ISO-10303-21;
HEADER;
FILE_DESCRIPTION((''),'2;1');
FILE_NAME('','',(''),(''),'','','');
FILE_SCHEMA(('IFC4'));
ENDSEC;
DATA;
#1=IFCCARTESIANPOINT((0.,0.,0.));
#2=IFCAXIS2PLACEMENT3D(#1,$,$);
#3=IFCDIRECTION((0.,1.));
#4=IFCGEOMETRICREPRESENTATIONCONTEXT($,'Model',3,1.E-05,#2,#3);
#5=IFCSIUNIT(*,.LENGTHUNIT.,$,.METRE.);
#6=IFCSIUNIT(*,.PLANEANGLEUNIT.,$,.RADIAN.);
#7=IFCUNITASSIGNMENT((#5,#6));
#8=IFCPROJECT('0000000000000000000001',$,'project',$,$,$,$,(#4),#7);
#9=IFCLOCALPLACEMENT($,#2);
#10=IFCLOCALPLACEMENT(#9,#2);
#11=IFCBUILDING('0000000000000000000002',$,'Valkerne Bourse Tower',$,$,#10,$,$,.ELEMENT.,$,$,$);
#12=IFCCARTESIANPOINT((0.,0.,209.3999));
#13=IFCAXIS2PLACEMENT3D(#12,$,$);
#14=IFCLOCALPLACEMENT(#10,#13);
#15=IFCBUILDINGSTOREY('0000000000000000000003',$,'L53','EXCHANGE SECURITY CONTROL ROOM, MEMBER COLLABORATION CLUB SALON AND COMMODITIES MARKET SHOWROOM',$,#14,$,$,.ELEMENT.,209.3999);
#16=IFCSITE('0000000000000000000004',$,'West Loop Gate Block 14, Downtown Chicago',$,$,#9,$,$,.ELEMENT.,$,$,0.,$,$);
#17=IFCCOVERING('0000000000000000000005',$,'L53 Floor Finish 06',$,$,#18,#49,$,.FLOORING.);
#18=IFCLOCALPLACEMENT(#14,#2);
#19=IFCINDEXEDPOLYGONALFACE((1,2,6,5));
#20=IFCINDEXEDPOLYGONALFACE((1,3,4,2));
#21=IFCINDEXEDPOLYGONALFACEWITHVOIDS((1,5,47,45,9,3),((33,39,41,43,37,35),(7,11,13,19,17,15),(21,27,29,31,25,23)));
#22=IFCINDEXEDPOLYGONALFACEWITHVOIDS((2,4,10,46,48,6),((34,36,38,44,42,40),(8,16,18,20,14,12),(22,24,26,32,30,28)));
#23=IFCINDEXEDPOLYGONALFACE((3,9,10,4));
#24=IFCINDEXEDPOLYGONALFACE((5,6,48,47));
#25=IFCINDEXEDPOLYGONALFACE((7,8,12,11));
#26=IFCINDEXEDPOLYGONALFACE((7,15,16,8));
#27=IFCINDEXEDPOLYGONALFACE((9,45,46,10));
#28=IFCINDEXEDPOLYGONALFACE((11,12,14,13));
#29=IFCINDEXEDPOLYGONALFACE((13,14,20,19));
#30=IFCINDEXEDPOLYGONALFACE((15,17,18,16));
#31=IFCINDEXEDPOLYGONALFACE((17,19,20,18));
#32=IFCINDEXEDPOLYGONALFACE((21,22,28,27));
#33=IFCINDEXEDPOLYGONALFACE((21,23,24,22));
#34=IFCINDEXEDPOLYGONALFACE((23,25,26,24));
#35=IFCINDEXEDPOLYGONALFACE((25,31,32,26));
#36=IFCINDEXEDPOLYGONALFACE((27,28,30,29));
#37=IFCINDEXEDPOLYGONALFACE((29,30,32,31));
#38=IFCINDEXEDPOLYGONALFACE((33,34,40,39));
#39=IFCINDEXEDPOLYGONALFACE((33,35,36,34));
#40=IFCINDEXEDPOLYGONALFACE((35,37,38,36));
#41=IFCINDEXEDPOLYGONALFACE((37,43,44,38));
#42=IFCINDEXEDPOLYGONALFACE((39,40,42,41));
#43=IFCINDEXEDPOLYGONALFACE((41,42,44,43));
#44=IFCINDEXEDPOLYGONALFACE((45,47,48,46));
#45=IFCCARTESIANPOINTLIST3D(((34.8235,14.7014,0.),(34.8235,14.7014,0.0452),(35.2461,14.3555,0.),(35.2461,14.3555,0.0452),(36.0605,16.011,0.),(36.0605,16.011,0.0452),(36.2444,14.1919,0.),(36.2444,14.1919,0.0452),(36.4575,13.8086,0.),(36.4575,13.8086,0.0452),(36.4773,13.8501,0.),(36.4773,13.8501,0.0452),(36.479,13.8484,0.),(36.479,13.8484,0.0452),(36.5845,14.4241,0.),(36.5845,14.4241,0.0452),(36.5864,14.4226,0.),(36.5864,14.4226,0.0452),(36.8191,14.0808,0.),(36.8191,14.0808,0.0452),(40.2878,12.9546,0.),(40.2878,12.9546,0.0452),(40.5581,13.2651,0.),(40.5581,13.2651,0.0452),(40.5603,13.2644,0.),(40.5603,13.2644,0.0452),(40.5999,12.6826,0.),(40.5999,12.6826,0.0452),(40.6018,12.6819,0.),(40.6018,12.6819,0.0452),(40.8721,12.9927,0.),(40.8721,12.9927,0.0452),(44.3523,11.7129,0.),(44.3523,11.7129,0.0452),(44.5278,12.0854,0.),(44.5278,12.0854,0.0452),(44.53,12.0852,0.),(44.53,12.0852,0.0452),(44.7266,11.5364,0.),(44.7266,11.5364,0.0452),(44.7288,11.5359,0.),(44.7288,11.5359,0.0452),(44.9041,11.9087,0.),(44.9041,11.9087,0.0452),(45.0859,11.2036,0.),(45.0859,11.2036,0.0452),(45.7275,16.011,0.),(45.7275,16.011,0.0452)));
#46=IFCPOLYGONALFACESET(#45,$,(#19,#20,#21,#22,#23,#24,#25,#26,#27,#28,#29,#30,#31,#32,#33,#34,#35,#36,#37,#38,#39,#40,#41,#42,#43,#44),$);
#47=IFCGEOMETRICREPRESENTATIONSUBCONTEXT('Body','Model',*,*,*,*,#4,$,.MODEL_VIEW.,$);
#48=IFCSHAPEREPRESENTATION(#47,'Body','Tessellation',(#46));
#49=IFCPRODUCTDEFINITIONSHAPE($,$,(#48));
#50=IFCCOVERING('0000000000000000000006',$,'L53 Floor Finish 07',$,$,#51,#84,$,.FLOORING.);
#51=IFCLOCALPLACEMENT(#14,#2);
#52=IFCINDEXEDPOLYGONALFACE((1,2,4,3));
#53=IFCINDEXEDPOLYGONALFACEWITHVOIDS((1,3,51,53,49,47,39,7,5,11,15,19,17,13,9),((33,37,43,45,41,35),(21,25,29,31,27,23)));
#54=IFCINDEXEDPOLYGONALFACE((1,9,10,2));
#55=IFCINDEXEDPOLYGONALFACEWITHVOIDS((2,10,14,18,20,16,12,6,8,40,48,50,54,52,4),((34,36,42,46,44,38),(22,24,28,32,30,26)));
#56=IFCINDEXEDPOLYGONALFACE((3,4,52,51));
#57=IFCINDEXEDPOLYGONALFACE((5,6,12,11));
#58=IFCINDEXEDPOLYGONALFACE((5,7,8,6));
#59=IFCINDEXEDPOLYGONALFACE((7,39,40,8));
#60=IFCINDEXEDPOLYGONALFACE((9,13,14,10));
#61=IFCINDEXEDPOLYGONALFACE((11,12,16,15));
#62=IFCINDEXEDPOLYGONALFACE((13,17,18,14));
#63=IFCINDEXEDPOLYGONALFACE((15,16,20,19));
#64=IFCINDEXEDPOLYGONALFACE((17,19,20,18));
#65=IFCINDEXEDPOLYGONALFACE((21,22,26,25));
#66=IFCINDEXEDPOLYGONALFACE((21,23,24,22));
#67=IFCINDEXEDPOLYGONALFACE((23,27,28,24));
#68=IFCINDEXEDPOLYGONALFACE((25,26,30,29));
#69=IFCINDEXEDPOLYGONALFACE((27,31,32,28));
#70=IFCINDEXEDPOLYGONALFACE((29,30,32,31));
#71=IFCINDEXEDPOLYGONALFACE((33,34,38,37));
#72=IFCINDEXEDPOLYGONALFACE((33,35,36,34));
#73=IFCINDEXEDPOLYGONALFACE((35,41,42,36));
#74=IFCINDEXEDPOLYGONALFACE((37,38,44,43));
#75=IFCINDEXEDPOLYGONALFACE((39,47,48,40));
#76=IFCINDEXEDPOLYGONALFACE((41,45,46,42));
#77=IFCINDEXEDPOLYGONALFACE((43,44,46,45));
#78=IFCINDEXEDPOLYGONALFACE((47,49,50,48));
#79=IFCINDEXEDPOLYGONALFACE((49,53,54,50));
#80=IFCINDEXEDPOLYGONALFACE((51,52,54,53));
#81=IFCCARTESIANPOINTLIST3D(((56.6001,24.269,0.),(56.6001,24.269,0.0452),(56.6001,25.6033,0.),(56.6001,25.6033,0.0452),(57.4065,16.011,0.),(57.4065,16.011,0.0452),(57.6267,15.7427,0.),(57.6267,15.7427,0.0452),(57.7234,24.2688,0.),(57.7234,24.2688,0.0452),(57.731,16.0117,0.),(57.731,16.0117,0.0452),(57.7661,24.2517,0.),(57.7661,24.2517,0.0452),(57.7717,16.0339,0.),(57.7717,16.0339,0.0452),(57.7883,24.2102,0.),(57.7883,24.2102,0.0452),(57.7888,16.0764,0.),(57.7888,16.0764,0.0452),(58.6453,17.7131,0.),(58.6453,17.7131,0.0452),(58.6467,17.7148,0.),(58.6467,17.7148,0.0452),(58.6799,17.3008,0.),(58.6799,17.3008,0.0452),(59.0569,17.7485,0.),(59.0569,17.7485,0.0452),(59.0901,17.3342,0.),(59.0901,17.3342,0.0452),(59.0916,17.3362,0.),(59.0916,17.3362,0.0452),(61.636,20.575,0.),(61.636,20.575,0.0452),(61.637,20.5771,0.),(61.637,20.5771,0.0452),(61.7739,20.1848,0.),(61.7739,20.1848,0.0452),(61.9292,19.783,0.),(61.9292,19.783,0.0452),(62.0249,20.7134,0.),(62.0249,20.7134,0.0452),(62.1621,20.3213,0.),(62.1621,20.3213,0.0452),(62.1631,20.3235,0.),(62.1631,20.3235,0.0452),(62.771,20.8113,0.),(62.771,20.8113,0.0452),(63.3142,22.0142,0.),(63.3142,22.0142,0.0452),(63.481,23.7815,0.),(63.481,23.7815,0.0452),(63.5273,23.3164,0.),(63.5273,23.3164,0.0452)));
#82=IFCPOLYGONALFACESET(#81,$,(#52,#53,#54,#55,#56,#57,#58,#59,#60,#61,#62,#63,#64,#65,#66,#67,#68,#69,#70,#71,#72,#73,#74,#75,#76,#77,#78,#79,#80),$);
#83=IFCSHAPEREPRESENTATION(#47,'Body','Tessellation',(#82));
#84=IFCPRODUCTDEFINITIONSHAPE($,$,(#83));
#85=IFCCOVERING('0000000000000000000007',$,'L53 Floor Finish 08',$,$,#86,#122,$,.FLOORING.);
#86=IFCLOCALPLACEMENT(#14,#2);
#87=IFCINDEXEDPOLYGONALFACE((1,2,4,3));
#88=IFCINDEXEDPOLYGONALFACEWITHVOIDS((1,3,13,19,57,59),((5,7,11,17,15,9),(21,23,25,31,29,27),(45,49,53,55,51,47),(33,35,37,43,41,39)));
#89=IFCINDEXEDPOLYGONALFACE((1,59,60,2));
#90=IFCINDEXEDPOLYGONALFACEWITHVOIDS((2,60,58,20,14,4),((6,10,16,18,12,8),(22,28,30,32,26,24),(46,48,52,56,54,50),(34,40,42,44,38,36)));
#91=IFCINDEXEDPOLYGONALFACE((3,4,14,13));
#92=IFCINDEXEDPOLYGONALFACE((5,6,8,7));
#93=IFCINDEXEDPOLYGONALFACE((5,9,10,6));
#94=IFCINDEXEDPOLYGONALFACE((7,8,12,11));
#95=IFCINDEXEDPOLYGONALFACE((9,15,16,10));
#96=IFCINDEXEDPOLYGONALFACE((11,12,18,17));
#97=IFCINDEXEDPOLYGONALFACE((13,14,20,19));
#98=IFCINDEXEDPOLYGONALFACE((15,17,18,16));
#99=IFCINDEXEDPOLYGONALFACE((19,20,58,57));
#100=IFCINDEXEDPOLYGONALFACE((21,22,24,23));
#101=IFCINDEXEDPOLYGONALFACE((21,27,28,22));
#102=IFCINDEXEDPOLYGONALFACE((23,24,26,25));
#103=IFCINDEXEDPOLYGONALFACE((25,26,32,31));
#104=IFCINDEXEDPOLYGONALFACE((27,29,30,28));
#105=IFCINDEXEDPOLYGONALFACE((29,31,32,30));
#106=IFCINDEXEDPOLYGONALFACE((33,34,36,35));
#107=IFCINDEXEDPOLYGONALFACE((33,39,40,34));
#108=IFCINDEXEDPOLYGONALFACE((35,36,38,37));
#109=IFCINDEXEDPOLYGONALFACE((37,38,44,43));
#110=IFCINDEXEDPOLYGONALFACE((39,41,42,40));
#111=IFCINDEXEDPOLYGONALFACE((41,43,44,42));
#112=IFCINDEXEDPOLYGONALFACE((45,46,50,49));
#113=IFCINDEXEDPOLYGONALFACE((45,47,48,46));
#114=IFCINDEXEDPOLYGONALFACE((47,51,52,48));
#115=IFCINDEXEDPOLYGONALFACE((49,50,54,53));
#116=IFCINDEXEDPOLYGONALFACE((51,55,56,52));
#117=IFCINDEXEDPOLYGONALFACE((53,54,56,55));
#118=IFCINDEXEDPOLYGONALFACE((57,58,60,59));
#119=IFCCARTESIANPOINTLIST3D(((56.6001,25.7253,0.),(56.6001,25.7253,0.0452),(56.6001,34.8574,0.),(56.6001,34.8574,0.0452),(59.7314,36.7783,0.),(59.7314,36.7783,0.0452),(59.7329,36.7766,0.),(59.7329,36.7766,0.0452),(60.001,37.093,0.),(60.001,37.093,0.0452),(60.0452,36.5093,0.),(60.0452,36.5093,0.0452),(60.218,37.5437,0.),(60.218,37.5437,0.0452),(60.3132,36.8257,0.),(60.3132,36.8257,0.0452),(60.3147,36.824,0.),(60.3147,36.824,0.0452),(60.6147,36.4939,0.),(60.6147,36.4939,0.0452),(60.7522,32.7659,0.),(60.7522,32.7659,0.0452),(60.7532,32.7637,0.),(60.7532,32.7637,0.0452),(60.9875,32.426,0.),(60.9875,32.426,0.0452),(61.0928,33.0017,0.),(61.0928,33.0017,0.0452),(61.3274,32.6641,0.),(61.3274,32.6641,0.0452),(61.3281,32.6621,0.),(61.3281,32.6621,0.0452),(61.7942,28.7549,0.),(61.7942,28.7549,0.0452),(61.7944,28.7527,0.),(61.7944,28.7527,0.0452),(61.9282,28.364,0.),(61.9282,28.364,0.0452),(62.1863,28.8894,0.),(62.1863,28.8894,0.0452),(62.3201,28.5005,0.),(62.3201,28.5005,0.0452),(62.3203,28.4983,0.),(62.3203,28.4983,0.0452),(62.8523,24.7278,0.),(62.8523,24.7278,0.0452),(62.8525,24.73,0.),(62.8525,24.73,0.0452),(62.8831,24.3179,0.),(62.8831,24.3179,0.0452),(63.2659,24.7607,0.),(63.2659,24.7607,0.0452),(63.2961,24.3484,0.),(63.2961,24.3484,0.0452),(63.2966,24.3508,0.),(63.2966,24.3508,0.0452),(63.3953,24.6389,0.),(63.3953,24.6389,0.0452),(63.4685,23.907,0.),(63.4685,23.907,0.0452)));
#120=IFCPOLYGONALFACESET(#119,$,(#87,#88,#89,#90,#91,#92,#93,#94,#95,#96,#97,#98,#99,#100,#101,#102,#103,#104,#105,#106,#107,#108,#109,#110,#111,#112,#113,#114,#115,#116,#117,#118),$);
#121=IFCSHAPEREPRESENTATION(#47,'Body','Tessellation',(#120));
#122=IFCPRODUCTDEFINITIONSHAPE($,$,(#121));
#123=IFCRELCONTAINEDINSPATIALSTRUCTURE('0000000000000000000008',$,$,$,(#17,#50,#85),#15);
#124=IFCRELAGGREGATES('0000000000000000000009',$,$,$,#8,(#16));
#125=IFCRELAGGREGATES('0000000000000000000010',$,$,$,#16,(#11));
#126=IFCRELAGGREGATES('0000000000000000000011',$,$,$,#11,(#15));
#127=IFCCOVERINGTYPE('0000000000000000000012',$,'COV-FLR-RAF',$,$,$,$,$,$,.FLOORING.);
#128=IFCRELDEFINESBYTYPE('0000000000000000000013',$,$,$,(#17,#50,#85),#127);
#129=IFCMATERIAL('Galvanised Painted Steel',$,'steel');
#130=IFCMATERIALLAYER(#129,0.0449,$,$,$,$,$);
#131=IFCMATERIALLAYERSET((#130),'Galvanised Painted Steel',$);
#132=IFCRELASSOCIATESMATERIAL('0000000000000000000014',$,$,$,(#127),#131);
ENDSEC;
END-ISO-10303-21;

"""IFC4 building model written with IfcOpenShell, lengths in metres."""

from ifc_helpers import new_model, si_unit, direction, frame, origin, place, context, subcontext, project, spatial, polyline, outline, extrude, material, layer, layer_set, type_object, element, save


model = new_model("IFC4")

# Units and contexts
model_context = context("Model", 3, precision=1e-05, world=origin(), true_north=direction((0.0, 1.0)))
body_context = subcontext(model_context, "Body", "Model", "MODEL_VIEW")
ifc_project = project(units=[si_unit("LENGTHUNIT", "METRE"), si_unit("PLANEANGLEUNIT", "RADIAN")], contexts=[model_context])

# Site, building, storey
site_placement = place(None, origin())
site = spatial("IfcSite", under=ifc_project, at=site_placement, Name="West Loop Gate Block 14, Downtown Chicago", CompositionType="ELEMENT", RefElevation=0.0)
building_placement = place(site_placement, origin())
building = spatial("IfcBuilding", under=site, at=building_placement, Name="Valkerne Bourse Tower", CompositionType="ELEMENT")
storey_placement = place(building_placement, frame((0.0, 0.0, 209.3999)))
storey = spatial("IfcBuildingStorey", under=building, at=storey_placement, Name="L53", Description="EXCHANGE SECURITY CONTROL ROOM, MEMBER COLLABORATION CLUB SALON AND COMMODITIES MARKET SHOWROOM", CompositionType="ELEMENT", Elevation=209.3999)

# Coverings
ifc_material_1 = material(Name="Galvanised Painted Steel", Category="steel")
ifc_layer_1 = layer(ifc_material_1, 0.0449)
ifc_layer_set_1 = layer_set([ifc_layer_1], Name="Galvanised Painted Steel")
covering_type_1 = type_object("IfcCoveringType", Name="COV-FLR-RAF", PredefinedType="FLOORING", material=ifc_layer_set_1)
covering_1_placement = place(storey_placement, origin())
element("IfcCovering", 1, at=covering_1_placement, inside=storey, type_object=covering_type_1, Name="L53 Floor Finish 06", PredefinedType="FLOORING", context=body_context, shape_type="SweptSolid", body=[
    extrude(outline(polyline([(34.8235, 14.7014), (36.0605, 16.011), (45.7275, 16.011), (45.0859, 11.2036), (36.4575, 13.8086), (35.2461, 14.3555), (34.8235, 14.7014)]), holes=[polyline([(44.53, 12.0852), (44.5278, 12.0854), (44.3523, 11.7129), (44.7266, 11.5364), (44.7288, 11.5359), (44.9041, 11.9087), (44.53, 12.0852)]), polyline([(40.5603, 13.2644), (40.5581, 13.2651), (40.2878, 12.9546), (40.5999, 12.6826), (40.6018, 12.6819), (40.8721, 12.9927), (40.5603, 13.2644)]), polyline([(36.5864, 14.4226), (36.5845, 14.4241), (36.2444, 14.1919), (36.4773, 13.8501), (36.479, 13.8484), (36.8191, 14.0808), (36.5864, 14.4226)])]), origin(), (0.0, 0.0, 1.0), 0.0452),
])
covering_2_placement = place(storey_placement, origin())
element("IfcCovering", 2, at=covering_2_placement, inside=storey, type_object=covering_type_1, Name="L53 Floor Finish 07", PredefinedType="FLOORING", context=body_context, shape_type="SweptSolid", body=[
    extrude(outline(polyline([(62.771, 20.8113), (61.9292, 19.783), (57.6267, 15.7427), (57.4065, 16.011), (57.731, 16.0117), (57.7717, 16.0339), (57.7888, 16.0764), (57.7883, 24.2102), (57.7661, 24.2517), (57.7234, 24.2688), (56.6001, 24.269), (56.6001, 25.6033), (63.481, 23.7815), (63.5273, 23.3164), (63.3142, 22.0142), (62.771, 20.8113)]), holes=[polyline([(59.0916, 17.3362), (59.0569, 17.7485), (58.6467, 17.7148), (58.6453, 17.7131), (58.6799, 17.3008), (59.0901, 17.3342), (59.0916, 17.3362)]), polyline([(62.1631, 20.3235), (62.0249, 20.7134), (61.637, 20.5771), (61.636, 20.575), (61.7739, 20.1848), (62.1621, 20.3213), (62.1631, 20.3235)])]), origin(), (0.0, 0.0, 1.0), 0.0452),
])
covering_3_placement = place(storey_placement, origin())
element("IfcCovering", 3, at=covering_3_placement, inside=storey, type_object=covering_type_1, Name="L53 Floor Finish 08", PredefinedType="FLOORING", context=body_context, shape_type="SweptSolid", body=[
    extrude(outline(polyline([(60.218, 37.5437), (60.6147, 36.4939), (63.3953, 24.6389), (63.4685, 23.907), (56.6001, 25.7253), (56.6001, 34.8574), (60.218, 37.5437)]), holes=[polyline([(63.2966, 24.3508), (63.2659, 24.7607), (62.8525, 24.73), (62.8523, 24.7278), (62.8831, 24.3179), (63.2961, 24.3484), (63.2966, 24.3508)]), polyline([(62.3201, 28.5005), (62.1863, 28.8894), (61.7942, 28.7549), (61.7944, 28.7527), (61.9282, 28.364), (62.3203, 28.4983), (62.3201, 28.5005)]), polyline([(61.3274, 32.6641), (61.0928, 33.0017), (60.7522, 32.7659), (60.7532, 32.7637), (60.9875, 32.426), (61.3281, 32.6621), (61.3274, 32.6641)]), polyline([(60.3132, 36.8257), (60.001, 37.093), (59.7314, 36.7783), (59.7329, 36.7766), (60.0452, 36.5093), (60.3147, 36.824), (60.3132, 36.8257)])]), origin(), (0.0, 0.0, 1.0), 0.0452),
])

save(model, "model.ifc")
